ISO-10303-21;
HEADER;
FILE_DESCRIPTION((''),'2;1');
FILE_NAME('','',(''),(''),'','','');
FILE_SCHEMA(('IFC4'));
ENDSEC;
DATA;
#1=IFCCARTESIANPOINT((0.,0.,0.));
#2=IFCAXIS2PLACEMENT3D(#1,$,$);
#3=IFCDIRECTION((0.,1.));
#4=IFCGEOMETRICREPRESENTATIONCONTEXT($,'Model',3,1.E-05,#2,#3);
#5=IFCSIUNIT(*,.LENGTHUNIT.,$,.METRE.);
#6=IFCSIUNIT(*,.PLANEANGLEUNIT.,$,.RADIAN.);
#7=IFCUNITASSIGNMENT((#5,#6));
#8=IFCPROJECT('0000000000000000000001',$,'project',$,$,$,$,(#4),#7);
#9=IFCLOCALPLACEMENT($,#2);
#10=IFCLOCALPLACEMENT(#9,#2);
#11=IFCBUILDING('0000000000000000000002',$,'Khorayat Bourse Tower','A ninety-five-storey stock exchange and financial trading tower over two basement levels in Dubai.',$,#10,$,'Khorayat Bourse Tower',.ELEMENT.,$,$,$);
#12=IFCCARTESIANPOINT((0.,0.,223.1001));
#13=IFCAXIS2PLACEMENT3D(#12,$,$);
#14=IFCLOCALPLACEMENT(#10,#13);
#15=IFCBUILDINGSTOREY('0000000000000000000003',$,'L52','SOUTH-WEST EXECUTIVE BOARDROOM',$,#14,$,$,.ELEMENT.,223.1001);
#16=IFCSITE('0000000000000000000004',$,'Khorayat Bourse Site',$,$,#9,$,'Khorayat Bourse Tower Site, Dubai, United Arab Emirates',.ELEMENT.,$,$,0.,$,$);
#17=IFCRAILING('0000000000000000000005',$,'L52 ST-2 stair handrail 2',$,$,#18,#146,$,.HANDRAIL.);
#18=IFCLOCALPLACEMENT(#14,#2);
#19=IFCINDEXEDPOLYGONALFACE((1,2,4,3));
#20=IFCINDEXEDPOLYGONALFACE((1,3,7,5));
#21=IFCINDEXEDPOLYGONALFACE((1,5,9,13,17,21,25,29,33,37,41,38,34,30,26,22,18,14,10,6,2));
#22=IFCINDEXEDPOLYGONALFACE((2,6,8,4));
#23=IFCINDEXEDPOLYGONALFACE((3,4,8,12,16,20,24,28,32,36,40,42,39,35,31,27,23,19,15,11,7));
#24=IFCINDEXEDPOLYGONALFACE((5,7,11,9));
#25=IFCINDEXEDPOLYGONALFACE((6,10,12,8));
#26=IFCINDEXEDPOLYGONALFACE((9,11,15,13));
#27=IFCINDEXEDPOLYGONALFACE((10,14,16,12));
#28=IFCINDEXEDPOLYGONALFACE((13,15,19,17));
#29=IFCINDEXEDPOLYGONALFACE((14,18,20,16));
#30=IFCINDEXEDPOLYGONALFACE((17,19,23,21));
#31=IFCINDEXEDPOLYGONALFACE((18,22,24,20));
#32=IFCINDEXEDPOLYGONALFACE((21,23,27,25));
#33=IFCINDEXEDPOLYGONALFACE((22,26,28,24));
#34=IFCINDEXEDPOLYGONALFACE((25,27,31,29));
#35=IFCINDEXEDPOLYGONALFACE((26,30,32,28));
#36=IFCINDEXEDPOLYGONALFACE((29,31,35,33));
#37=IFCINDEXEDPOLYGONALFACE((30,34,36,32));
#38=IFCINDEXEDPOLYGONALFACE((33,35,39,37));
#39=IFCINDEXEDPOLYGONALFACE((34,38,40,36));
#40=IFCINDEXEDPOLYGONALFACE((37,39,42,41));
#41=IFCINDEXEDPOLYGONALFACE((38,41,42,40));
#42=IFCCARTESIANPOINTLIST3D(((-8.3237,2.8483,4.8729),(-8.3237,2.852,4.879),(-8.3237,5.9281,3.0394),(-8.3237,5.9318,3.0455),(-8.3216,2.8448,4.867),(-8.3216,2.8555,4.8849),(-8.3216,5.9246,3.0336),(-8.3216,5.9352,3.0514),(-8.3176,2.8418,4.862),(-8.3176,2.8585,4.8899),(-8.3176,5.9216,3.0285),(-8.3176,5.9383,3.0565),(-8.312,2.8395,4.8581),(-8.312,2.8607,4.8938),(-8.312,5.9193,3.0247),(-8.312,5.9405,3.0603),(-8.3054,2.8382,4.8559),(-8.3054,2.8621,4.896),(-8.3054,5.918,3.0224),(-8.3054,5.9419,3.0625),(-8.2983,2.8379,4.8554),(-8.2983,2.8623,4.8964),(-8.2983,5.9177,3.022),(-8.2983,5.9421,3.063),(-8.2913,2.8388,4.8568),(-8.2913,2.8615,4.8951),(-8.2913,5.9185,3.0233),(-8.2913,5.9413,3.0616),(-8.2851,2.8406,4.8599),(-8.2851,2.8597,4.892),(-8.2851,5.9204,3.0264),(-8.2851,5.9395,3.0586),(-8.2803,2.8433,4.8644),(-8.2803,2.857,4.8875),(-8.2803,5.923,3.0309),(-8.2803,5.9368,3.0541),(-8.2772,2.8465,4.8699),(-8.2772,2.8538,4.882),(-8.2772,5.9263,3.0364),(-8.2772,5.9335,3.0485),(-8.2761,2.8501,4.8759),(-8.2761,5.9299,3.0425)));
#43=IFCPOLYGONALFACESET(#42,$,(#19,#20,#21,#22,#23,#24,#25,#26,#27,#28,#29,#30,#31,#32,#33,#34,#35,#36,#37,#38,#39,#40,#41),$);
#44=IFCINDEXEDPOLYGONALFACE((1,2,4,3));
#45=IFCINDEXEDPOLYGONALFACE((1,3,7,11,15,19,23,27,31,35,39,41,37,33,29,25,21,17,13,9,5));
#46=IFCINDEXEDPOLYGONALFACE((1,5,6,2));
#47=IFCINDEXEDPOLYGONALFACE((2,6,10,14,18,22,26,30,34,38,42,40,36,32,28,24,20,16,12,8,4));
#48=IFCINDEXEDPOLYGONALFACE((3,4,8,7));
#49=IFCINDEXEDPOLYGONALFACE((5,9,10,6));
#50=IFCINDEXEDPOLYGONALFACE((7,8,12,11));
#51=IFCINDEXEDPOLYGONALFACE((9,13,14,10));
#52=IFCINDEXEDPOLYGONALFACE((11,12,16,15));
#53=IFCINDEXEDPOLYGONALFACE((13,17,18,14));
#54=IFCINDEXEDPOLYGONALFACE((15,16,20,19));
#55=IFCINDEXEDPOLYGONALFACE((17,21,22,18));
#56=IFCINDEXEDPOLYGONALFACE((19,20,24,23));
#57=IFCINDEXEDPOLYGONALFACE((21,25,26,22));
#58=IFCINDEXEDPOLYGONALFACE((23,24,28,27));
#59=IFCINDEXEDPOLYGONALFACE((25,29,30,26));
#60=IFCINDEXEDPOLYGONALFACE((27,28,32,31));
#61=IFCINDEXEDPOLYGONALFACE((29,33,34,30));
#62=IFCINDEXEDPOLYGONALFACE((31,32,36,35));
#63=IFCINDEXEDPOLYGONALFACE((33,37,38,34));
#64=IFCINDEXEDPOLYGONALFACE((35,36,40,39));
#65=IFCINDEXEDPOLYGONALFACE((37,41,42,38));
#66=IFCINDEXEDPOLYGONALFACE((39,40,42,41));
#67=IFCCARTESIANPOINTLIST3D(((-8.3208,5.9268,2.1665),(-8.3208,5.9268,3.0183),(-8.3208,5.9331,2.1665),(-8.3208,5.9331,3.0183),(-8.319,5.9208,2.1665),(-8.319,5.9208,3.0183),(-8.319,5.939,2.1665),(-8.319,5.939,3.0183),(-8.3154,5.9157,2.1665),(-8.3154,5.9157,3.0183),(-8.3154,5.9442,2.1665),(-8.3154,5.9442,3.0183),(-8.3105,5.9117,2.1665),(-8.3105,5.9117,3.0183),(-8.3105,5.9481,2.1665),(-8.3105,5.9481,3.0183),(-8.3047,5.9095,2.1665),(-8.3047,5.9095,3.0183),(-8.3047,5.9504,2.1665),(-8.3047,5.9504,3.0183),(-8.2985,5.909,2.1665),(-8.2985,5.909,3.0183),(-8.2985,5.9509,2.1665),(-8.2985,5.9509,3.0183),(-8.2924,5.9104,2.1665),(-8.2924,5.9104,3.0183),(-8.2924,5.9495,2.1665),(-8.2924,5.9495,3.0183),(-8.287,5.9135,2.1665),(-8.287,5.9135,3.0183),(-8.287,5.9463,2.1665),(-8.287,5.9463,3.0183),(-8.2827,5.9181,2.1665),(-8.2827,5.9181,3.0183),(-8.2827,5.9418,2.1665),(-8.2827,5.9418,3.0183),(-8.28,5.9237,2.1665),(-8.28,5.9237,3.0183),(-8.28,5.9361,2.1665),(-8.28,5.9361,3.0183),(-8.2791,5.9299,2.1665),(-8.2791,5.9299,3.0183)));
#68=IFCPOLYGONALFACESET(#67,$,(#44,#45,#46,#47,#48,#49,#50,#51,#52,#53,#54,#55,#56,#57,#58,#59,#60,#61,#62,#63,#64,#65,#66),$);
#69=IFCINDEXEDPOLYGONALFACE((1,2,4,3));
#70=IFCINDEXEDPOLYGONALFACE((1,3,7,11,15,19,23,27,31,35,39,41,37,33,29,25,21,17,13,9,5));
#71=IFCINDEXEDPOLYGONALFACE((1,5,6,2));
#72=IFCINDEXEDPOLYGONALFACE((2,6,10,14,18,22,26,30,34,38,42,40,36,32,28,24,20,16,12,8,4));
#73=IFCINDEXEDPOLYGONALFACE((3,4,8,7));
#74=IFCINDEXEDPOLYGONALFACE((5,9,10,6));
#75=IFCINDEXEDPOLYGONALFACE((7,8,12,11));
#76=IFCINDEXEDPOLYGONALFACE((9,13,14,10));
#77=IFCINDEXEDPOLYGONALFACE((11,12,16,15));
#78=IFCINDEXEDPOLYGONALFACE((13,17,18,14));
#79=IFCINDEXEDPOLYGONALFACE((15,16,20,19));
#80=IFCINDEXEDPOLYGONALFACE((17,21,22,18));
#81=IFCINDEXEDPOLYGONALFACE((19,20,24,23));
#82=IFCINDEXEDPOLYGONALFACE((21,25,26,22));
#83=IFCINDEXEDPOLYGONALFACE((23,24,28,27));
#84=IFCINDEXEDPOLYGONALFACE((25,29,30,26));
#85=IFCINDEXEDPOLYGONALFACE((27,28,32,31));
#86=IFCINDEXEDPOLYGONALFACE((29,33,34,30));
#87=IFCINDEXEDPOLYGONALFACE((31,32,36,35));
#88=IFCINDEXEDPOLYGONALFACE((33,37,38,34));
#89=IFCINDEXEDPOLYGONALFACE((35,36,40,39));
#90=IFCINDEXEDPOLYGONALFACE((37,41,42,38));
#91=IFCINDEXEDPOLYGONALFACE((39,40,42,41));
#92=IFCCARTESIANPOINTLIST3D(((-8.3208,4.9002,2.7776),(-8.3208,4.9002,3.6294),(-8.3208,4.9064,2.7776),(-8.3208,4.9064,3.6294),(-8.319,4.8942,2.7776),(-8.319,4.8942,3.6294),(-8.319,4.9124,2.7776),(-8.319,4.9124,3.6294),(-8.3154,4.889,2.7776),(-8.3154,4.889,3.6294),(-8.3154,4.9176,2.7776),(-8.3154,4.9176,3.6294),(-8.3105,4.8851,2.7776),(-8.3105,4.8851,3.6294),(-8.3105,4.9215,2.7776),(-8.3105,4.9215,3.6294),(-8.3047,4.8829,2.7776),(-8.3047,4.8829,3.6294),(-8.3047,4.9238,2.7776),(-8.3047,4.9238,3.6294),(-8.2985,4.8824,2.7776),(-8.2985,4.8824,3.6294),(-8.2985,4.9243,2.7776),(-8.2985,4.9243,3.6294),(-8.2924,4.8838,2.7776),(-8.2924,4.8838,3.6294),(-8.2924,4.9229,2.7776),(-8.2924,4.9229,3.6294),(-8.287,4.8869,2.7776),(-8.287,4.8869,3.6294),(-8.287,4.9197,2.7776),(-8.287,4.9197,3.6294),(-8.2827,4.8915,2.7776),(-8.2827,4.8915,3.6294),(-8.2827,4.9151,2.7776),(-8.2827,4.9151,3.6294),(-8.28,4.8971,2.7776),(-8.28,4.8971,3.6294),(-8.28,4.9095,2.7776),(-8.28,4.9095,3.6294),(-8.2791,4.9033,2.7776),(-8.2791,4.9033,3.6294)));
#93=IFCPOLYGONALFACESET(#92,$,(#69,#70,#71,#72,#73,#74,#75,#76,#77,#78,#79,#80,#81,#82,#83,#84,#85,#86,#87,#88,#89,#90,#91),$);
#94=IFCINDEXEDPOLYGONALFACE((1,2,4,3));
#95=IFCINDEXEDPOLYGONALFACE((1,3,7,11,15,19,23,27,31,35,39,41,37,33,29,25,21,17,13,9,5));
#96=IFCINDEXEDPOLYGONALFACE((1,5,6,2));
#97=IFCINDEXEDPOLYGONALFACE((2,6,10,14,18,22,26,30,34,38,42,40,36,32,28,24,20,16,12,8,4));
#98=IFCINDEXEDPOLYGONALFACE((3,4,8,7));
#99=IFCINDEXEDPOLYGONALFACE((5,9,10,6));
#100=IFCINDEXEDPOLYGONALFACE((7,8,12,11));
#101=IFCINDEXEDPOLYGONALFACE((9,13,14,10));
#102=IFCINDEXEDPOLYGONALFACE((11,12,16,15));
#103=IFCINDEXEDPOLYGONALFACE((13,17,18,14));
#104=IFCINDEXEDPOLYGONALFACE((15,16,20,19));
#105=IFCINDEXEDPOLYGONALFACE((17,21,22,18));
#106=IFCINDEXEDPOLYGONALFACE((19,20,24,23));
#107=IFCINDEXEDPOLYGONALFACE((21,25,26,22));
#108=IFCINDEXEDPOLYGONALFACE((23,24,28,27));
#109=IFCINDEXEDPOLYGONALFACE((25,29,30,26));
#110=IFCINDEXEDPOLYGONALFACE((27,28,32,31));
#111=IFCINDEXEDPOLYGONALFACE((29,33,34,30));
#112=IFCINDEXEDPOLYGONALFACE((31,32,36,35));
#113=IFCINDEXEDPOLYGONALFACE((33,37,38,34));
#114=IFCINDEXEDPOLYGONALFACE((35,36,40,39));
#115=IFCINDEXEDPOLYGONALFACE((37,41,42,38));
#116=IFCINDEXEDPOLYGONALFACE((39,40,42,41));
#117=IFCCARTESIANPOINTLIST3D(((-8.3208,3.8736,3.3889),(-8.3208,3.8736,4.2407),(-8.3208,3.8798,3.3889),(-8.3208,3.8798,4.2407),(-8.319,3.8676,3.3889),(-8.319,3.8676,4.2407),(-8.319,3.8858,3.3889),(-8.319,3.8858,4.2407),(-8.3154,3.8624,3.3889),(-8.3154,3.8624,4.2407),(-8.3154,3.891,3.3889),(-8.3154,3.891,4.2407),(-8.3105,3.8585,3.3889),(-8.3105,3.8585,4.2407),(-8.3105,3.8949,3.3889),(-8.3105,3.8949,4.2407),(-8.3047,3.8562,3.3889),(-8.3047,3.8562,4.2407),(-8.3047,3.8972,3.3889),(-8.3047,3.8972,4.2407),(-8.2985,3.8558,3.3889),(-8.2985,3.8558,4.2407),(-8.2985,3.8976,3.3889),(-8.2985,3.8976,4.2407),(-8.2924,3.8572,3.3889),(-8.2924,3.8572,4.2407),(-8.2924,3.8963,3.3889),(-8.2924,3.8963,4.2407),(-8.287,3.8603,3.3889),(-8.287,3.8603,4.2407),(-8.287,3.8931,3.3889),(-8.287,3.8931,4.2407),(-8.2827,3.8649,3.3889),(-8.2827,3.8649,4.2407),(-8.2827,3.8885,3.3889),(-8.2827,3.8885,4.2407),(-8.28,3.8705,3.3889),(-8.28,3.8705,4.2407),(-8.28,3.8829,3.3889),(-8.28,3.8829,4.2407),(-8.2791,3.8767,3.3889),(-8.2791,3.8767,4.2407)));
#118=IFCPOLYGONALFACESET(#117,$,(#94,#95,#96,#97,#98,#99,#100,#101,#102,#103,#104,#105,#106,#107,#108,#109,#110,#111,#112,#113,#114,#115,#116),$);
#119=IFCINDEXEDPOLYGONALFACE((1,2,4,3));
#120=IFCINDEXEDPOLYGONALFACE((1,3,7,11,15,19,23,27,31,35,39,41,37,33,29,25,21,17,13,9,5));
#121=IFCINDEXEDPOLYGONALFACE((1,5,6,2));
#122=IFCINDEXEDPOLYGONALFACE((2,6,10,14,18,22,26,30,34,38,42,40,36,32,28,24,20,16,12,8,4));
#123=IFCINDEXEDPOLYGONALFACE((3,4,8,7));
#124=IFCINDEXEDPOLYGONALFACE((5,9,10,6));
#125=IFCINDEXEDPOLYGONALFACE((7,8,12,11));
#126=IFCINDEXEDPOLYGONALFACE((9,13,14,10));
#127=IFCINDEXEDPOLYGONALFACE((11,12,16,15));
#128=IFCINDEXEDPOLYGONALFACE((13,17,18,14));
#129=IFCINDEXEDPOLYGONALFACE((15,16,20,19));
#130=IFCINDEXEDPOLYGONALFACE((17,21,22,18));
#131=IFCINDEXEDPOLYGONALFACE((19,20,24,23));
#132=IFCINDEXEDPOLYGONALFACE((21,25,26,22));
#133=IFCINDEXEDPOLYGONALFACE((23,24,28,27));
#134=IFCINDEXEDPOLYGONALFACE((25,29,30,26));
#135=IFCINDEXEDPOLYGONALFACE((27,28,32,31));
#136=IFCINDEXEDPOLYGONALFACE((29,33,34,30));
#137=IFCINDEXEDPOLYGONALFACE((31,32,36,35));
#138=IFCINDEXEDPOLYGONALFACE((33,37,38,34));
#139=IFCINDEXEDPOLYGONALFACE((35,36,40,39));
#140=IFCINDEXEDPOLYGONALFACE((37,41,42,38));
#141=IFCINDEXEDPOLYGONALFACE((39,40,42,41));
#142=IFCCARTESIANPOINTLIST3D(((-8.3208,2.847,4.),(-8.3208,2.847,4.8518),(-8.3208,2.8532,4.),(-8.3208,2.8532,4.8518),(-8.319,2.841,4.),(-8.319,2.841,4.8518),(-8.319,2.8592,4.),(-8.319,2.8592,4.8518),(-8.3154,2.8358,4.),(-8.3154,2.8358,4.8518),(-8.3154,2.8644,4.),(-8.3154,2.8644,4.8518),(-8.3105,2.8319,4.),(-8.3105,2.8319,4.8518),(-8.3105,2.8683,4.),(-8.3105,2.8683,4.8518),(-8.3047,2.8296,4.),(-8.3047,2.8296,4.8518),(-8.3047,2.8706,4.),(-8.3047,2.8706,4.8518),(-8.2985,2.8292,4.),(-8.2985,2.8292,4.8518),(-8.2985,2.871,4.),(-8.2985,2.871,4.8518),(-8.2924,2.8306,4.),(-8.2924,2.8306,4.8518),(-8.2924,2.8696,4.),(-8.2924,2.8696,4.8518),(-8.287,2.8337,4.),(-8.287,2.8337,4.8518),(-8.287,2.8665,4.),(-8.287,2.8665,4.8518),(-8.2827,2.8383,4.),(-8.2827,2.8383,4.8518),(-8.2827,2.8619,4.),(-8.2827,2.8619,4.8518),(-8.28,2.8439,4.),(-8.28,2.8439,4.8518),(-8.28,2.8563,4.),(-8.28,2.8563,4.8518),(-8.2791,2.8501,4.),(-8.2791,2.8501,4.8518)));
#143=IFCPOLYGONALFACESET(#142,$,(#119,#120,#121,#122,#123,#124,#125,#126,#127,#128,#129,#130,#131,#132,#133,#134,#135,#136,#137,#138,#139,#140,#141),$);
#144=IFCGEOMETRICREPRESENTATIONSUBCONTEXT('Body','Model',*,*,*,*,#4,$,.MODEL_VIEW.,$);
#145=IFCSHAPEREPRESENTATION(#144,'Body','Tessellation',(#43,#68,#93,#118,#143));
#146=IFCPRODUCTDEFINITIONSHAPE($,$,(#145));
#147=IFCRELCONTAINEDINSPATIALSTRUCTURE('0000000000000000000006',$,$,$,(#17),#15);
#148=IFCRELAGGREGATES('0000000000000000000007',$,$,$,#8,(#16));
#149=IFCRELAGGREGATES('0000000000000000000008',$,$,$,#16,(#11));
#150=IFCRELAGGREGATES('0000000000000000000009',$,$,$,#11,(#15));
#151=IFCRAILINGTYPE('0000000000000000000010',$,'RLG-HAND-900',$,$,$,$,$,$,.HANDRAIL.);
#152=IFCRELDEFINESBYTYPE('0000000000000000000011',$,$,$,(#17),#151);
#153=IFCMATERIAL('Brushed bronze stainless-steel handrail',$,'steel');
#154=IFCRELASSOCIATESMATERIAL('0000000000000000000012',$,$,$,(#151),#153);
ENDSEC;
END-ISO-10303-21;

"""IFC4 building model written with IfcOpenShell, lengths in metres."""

from ifc_helpers import new_model, si_unit, direction, frame, origin, origin_2d, place, context, subcontext, project, spatial, circle, extrude, source, transform, mapped, material, type_object, element, save


model = new_model("IFC4")

# Units and contexts
model_context = context("Model", 3, precision=1e-05, world=origin(), true_north=direction((0.0, 1.0)))
body_context = subcontext(model_context, "Body", "Model", "MODEL_VIEW")
ifc_project = project(units=[si_unit("LENGTHUNIT", "METRE"), si_unit("PLANEANGLEUNIT", "RADIAN")], contexts=[model_context])

# Site, building, storey
site_placement = place(None, origin())
site = spatial("IfcSite", under=ifc_project, at=site_placement, Name="Khorayat Bourse Site", LongName="Khorayat Bourse Tower Site, Dubai, United Arab Emirates", CompositionType="ELEMENT", RefElevation=0.0)
building_placement = place(site_placement, origin())
building = spatial("IfcBuilding", under=site, at=building_placement, Name="Khorayat Bourse Tower", Description="A ninety-five-storey stock exchange and financial trading tower over two basement levels in Dubai.", LongName="Khorayat Bourse Tower", CompositionType="ELEMENT")
storey_placement = place(building_placement, frame((0.0, 0.0, 223.1001)))
storey = spatial("IfcBuildingStorey", under=building, at=storey_placement, Name="L52", Description="SOUTH-WEST EXECUTIVE BOARDROOM", CompositionType="ELEMENT", Elevation=223.1001)

# Railing
ifc_material_1 = material(Name="Brushed bronze stainless-steel handrail", Category="steel")
railing_type_1 = type_object("IfcRailingType", Name="RLG-HAND-900", PredefinedType="HANDRAIL", material=ifc_material_1)
shared_shape_1 = source(origin(), body_context, "Body", "SweptSolid", [
    extrude(circle(Radius=0.0239, at=origin_2d()), frame((0.0, 0.0, 0.876), z_axis=(0.0, -0.859261, 0.511538), x_axis=(1.0, 0.0, 0.0)), (0.0, 0.0, 1.0), 3.5842),
    extrude(circle(Radius=0.021, at=origin_2d()), origin(), (0.0, 0.0, 1.0), 0.8518),
    extrude(circle(Radius=0.021, at=origin_2d()), frame((0.0, -1.0266, 0.6111)), (0.0, 0.0, 1.0), 0.8518),
    extrude(circle(Radius=0.021, at=origin_2d()), frame((0.0, -2.0532, 1.2224)), (0.0, 0.0, 1.0), 0.8518),
    extrude(circle(Radius=0.021, at=origin_2d()), frame((0.0, -3.0798, 1.8335)), (0.0, 0.0, 1.0), 0.8518),
])
railing_1_placement = place(storey_placement, frame((-8.3, 5.9299, 2.1665)))
element("IfcRailing", 1, at=railing_1_placement, inside=storey, type_object=railing_type_1, Name="L52 ST-2 stair handrail 2", PredefinedType="HANDRAIL", context=body_context, shape_type="MappedRepresentation", body=[
    mapped(shared_shape_1, transform((0.0, 0.0, 0.0), scale=1.0)),
])

save(model, "model.ifc")
